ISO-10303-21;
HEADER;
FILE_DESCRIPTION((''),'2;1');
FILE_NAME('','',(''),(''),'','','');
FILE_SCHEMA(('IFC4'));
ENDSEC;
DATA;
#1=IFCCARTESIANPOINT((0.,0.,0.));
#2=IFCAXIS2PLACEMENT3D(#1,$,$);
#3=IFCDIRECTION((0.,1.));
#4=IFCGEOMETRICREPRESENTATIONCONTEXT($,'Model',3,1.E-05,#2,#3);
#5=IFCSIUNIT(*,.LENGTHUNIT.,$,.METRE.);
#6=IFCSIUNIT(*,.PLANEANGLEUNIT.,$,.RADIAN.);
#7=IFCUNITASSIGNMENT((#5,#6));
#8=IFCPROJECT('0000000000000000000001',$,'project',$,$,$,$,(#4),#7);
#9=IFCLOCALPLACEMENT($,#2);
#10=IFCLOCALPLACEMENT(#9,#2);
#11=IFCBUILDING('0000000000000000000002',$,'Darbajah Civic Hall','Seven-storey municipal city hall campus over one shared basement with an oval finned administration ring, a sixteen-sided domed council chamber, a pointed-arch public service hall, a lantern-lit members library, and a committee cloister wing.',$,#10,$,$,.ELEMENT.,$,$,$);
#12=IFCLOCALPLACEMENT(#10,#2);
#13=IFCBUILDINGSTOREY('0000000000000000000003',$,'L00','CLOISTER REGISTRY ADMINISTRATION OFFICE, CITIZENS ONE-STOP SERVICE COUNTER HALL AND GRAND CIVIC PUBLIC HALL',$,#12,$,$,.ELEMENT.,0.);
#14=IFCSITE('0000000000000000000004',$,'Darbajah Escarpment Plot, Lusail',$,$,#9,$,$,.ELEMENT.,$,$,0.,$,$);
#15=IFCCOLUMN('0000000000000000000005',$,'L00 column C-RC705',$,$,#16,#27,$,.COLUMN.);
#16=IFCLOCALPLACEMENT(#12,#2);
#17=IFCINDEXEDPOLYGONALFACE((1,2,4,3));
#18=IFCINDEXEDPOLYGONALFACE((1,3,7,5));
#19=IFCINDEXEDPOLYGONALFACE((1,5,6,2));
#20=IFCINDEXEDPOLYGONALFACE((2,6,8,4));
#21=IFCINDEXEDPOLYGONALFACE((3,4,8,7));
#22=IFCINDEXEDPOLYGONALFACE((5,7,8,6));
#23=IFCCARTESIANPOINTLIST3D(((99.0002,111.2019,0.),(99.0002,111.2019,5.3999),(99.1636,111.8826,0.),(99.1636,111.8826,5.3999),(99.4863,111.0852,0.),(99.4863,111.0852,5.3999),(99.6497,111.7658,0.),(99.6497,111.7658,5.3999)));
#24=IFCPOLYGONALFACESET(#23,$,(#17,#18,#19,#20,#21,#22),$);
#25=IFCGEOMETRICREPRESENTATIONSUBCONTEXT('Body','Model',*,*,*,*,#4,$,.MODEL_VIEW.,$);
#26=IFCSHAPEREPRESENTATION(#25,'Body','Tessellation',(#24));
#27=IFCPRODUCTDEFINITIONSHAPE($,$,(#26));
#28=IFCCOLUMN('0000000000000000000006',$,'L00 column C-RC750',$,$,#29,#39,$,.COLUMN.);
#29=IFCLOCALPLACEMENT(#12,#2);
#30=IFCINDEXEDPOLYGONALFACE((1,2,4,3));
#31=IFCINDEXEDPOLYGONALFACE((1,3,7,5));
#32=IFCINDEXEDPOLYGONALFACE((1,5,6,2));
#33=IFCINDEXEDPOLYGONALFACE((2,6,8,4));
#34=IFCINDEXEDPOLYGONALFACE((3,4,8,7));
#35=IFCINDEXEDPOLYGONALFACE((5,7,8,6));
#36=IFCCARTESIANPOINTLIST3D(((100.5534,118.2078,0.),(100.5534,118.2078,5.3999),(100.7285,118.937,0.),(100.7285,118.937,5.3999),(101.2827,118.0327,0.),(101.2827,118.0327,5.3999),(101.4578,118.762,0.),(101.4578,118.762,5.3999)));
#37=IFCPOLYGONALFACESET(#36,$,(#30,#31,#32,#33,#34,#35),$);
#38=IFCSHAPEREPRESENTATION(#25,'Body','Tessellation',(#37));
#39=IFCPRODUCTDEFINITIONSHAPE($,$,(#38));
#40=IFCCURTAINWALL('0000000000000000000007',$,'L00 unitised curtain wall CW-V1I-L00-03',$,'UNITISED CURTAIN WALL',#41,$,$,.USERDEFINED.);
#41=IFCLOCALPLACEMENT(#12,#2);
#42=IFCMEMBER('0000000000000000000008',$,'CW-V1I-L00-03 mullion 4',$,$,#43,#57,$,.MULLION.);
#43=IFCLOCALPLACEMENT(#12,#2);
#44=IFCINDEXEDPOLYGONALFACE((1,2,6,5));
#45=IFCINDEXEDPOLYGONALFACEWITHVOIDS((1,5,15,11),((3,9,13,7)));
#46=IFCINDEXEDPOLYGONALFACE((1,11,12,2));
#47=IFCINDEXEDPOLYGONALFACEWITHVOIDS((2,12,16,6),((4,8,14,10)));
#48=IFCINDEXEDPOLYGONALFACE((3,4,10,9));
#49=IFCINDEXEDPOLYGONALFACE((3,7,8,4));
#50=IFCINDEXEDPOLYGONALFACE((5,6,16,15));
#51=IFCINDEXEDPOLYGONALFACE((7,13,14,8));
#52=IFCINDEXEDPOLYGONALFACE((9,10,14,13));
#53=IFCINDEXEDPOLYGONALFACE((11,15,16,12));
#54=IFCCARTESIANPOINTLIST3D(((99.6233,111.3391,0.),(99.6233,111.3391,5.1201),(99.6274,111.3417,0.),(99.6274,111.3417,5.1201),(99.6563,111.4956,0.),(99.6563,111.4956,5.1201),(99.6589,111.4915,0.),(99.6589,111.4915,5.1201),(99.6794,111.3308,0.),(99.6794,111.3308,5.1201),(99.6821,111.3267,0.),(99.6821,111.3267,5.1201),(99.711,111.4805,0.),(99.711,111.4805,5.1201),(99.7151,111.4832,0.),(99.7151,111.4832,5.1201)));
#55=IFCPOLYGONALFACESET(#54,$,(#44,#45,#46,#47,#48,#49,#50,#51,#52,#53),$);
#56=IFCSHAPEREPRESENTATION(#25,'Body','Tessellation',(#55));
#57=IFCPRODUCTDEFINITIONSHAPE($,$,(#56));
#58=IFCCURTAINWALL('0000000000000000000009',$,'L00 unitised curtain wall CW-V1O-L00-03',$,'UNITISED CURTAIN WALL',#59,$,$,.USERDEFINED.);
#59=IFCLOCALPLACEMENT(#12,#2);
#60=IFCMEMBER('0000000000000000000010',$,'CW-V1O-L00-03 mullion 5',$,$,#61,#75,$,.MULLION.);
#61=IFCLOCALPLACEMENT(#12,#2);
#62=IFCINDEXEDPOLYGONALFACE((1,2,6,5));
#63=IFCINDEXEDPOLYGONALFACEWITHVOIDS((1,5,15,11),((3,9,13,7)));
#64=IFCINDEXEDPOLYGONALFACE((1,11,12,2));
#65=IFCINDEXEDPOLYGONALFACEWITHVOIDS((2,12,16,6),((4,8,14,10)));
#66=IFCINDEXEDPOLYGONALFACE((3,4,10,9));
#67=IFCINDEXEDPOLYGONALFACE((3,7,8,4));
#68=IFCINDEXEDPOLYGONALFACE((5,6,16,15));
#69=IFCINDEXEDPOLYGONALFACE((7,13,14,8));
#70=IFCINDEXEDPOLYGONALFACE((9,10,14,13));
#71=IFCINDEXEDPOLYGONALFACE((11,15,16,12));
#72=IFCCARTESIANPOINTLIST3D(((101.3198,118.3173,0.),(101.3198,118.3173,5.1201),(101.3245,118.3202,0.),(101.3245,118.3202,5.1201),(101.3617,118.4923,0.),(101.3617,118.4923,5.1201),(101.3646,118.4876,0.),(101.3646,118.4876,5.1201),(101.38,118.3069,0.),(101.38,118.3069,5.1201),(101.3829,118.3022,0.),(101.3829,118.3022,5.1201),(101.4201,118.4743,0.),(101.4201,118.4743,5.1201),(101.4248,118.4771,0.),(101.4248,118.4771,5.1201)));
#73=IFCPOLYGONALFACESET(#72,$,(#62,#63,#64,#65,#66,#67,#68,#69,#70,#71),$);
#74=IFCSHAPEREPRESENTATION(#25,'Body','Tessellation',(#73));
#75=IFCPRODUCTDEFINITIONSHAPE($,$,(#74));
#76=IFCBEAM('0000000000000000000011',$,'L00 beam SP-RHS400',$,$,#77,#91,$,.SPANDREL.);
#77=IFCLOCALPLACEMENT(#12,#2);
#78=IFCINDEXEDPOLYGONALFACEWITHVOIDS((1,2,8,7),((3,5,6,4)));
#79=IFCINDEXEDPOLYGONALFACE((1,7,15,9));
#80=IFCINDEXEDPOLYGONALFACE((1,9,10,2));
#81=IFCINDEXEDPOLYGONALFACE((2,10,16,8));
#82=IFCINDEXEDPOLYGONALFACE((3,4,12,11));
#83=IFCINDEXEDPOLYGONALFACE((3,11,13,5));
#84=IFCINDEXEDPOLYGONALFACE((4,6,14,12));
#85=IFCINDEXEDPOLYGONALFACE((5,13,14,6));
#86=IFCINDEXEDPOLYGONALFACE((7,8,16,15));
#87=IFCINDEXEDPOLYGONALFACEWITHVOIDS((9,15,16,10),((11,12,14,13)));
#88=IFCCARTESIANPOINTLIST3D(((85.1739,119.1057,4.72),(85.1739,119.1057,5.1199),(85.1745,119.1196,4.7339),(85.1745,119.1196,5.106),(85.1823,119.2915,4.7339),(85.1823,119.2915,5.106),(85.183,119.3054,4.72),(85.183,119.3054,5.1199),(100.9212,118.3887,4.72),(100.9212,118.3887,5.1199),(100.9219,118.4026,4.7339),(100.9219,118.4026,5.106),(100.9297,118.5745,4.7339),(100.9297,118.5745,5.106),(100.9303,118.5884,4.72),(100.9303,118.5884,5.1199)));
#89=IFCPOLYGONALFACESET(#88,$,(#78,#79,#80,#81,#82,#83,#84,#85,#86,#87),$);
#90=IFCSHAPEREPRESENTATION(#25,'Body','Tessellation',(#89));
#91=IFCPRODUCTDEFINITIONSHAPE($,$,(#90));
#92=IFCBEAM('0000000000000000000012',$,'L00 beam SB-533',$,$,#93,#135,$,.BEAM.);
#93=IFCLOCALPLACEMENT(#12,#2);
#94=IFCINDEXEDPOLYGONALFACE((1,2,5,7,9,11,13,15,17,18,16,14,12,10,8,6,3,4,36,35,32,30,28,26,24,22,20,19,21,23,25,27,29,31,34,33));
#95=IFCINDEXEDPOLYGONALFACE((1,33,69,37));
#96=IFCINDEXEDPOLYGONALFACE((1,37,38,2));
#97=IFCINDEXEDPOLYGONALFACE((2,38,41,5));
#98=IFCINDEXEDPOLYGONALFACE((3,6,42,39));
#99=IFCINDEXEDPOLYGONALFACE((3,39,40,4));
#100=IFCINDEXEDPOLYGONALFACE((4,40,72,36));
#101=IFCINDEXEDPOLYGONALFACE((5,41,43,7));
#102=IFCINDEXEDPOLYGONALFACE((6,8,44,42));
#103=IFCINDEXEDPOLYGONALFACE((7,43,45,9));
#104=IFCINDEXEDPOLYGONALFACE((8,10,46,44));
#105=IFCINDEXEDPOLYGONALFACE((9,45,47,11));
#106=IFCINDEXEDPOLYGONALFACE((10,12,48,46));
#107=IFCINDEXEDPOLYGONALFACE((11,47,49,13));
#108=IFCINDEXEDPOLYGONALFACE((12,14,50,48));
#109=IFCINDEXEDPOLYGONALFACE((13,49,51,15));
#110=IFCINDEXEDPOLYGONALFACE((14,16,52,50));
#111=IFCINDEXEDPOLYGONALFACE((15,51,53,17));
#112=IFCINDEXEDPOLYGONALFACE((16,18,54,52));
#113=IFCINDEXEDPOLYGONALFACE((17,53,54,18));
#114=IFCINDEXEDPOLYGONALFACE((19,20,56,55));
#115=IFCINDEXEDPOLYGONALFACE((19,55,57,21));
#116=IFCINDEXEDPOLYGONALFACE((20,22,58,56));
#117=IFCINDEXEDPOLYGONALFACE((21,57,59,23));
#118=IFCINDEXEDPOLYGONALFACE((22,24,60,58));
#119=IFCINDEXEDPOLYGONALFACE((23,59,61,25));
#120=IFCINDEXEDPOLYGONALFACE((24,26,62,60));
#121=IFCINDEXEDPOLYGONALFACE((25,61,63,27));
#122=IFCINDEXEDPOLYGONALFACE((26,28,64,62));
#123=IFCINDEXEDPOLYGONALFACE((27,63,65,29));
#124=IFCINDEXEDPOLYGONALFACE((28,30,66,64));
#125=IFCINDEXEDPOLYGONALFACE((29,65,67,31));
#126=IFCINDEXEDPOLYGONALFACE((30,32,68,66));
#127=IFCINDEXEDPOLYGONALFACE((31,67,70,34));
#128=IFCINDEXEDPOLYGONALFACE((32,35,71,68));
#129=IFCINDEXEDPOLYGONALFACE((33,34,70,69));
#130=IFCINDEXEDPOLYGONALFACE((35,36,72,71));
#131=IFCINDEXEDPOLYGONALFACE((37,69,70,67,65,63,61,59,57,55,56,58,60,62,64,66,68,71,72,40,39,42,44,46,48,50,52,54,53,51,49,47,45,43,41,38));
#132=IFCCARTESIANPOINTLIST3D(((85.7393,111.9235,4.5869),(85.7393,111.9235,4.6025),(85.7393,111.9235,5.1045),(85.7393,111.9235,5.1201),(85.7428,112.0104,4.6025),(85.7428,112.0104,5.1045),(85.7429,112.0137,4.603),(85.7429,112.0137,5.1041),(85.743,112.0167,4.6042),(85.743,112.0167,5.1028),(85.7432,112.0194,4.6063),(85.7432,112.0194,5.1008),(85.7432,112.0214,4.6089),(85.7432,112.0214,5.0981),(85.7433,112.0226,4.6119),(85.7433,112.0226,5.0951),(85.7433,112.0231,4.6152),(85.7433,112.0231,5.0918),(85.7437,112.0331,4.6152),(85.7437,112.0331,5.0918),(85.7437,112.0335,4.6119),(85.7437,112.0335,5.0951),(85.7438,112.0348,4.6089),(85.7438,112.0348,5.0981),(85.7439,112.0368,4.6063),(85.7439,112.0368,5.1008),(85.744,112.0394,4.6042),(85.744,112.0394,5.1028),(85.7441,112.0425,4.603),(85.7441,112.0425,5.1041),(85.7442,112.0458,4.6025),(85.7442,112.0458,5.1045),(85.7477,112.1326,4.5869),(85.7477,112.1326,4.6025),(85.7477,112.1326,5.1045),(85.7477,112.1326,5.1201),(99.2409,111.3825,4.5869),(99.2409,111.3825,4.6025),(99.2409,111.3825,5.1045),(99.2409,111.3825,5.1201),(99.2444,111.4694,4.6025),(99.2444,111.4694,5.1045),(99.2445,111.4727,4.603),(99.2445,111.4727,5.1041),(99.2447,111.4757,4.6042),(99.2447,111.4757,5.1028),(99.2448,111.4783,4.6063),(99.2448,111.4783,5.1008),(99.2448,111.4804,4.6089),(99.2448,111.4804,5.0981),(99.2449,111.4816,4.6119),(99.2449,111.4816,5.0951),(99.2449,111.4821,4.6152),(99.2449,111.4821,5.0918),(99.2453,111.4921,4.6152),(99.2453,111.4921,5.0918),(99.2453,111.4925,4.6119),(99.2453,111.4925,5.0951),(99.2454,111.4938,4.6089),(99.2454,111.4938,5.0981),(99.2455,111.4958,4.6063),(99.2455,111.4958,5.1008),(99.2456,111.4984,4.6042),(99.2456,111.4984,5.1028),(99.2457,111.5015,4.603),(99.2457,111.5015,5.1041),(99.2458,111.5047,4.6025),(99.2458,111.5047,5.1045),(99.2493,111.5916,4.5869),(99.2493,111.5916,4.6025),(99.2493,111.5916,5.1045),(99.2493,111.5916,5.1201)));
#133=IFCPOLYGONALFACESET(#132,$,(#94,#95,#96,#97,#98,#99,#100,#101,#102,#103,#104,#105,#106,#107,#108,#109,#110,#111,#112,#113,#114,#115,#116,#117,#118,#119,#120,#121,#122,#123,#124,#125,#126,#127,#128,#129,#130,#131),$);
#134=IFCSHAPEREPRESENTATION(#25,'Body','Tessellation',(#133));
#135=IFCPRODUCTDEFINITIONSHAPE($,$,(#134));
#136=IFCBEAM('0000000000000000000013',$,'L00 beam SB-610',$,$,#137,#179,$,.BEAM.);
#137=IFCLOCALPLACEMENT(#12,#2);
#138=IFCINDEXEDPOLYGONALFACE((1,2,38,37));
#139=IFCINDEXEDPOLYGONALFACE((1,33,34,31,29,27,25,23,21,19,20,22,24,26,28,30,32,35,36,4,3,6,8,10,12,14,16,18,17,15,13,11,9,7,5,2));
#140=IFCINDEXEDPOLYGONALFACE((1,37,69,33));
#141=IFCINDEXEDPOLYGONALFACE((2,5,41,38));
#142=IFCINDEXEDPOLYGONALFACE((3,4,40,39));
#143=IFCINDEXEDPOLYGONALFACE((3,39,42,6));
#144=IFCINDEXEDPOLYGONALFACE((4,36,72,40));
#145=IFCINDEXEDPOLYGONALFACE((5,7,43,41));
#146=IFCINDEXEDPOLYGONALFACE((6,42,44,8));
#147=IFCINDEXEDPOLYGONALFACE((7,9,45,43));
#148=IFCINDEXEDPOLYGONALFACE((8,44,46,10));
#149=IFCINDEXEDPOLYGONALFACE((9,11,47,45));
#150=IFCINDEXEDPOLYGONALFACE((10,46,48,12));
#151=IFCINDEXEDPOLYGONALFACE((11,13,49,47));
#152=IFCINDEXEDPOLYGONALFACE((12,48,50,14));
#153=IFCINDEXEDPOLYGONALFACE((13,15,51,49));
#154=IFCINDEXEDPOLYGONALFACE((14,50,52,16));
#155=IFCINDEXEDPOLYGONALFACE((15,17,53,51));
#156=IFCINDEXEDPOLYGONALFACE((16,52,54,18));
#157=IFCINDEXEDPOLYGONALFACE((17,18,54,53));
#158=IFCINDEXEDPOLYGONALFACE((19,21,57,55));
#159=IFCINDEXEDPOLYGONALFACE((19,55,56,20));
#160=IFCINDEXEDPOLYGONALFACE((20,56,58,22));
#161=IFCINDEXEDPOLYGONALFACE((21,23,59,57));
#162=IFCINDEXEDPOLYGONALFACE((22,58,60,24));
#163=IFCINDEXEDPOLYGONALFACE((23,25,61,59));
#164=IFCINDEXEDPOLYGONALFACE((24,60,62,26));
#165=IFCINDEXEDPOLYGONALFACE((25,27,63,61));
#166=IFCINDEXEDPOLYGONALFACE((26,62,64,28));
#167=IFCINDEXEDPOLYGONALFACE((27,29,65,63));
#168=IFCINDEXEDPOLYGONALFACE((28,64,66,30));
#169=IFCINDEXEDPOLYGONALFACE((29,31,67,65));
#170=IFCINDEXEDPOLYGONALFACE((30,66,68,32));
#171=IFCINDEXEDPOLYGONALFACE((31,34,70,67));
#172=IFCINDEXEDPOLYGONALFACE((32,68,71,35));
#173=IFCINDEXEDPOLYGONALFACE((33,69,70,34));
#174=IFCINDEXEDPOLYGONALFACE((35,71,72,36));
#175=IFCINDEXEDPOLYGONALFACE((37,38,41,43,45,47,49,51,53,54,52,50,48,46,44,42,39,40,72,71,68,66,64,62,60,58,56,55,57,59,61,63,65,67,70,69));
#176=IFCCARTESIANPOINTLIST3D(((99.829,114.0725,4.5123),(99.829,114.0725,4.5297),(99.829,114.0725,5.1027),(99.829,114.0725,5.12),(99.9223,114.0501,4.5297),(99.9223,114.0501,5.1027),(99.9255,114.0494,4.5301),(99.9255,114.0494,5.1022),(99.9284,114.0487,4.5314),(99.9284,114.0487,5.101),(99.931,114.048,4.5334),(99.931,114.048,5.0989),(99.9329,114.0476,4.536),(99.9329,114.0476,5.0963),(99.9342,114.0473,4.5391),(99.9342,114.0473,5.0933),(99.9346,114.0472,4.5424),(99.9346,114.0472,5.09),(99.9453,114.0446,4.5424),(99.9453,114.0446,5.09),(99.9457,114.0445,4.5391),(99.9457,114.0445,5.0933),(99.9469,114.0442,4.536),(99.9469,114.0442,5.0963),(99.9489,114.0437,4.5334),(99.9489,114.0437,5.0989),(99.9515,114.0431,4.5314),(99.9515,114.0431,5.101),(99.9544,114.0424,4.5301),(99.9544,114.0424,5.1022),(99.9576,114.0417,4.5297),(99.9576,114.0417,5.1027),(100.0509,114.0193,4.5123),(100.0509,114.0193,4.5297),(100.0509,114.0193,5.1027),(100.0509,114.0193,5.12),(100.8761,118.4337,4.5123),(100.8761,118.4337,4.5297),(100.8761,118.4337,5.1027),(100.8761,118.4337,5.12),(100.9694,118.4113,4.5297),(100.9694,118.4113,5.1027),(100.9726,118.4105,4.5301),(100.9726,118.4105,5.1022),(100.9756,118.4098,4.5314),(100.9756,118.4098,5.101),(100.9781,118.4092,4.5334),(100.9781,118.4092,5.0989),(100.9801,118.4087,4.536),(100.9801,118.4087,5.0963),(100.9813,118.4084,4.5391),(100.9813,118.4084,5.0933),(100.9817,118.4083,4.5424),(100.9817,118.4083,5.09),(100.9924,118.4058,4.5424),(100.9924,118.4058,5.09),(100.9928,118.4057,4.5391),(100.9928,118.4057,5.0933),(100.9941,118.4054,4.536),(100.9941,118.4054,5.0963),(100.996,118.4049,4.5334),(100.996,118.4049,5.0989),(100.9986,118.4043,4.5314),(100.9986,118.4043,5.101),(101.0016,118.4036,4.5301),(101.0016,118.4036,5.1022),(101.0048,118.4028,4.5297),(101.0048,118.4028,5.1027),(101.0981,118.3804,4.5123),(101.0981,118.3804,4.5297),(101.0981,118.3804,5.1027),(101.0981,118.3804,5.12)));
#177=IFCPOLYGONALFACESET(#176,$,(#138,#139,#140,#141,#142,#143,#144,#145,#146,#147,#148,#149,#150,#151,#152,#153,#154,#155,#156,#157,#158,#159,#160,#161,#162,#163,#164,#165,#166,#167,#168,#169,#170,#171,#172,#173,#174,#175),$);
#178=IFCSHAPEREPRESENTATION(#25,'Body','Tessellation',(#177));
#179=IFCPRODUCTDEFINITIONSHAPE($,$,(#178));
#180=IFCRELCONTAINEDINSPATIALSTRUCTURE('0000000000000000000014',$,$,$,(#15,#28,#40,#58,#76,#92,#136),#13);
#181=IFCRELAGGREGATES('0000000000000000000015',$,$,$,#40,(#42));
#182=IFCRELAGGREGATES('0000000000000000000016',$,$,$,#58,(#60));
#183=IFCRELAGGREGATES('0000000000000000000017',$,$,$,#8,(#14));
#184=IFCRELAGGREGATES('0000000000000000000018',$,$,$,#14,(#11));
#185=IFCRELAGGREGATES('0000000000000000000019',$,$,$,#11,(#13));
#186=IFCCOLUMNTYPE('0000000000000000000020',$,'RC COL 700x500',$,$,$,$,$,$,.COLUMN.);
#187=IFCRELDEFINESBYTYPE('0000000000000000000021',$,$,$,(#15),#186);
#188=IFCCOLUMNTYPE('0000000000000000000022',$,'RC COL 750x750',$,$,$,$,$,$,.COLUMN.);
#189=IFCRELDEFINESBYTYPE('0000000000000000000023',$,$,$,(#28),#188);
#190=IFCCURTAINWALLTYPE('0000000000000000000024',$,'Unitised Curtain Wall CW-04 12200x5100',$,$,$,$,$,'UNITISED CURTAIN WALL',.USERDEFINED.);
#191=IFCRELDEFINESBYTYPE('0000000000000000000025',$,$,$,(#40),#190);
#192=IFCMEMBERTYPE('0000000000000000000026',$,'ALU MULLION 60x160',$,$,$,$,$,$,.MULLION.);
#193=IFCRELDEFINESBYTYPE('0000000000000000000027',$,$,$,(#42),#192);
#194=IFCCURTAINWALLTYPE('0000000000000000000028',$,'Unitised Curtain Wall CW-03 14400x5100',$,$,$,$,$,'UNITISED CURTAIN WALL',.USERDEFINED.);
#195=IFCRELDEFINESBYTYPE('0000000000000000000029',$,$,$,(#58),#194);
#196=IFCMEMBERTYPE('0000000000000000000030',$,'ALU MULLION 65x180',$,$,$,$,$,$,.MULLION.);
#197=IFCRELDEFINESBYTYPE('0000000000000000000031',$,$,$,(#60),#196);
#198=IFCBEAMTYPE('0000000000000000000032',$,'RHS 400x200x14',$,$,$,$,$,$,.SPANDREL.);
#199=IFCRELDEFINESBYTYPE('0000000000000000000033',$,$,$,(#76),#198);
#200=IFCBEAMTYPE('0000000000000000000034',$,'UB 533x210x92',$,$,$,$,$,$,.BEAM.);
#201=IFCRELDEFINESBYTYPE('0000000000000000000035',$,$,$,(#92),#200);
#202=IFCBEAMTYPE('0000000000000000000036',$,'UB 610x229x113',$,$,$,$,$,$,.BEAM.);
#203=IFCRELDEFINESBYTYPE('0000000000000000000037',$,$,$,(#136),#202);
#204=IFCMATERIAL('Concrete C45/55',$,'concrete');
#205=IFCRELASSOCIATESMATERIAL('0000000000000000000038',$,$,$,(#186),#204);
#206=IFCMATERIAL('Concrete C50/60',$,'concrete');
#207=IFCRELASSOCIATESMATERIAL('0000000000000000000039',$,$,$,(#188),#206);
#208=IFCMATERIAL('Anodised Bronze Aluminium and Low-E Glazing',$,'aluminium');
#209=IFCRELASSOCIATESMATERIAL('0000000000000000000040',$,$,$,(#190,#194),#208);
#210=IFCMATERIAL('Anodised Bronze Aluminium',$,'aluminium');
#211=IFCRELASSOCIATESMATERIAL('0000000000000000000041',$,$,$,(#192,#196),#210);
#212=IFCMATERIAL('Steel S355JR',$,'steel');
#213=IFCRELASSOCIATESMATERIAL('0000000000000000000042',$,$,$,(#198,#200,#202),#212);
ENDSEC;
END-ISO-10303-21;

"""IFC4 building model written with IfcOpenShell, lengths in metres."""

from ifc_helpers import new_model, si_unit, direction, frame, origin, origin_2d, place, context, subcontext, project, spatial, rectangle, hollow_rectangle, i_section, extrude, material, material_profile, profile_set, type_object, element, aggregate, save


model = new_model("IFC4")

# Units and contexts
model_context = context("Model", 3, precision=1e-05, world=origin(), true_north=direction((0.0, 1.0)))
body_context = subcontext(model_context, "Body", "Model", "MODEL_VIEW")
ifc_project = project(units=[si_unit("LENGTHUNIT", "METRE"), si_unit("PLANEANGLEUNIT", "RADIAN")], contexts=[model_context])

# Site, building, storey
site_placement = place(None, origin())
site = spatial("IfcSite", under=ifc_project, at=site_placement, Name="Darbajah Escarpment Plot, Lusail", CompositionType="ELEMENT", RefElevation=0.0)
building_placement = place(site_placement, origin())
building = spatial("IfcBuilding", under=site, at=building_placement, Name="Darbajah Civic Hall", Description="Seven-storey municipal city hall campus over one shared basement with an oval finned administration ring, a sixteen-sided domed council chamber, a pointed-arch public service hall, a lantern-lit members library, and a committee cloister wing.", CompositionType="ELEMENT")
storey_placement = place(building_placement, origin())
storey = spatial("IfcBuildingStorey", under=building, at=storey_placement, Name="L00", Description="CLOISTER REGISTRY ADMINISTRATION OFFICE, CITIZENS ONE-STOP SERVICE COUNTER HALL AND GRAND CIVIC PUBLIC HALL", CompositionType="ELEMENT", Elevation=0.0)

# Columns
ifc_material_1 = material(Name="Concrete C45/55", Category="concrete")
ifc_material_profile_1 = material_profile(ifc_material_1, rectangle(XDim=0.7, YDim=0.5, at=origin_2d()), Name="RC COL 700x500")
ifc_profile_set_1 = profile_set([ifc_material_profile_1], Name="Concrete C45/55")
column_type_1 = type_object("IfcColumnType", Name="RC COL 700x500", PredefinedType="COLUMN", material=ifc_profile_set_1)
column_1_placement = place(storey_placement, frame((99.325, 111.4839, 0.0), z_axis=(0.0, 0.0, 1.0), x_axis=(0.233445, 0.97237, 0.0)))
element("IfcColumn", 1, at=column_1_placement, inside=storey, type_object=column_type_1, Name="L00 column C-RC705", PredefinedType="COLUMN", context=body_context, shape_type="SweptSolid", body=[
    extrude(rectangle(XDim=0.7, YDim=0.5, at=origin_2d()), origin(), (0.0, 0.0, 1.0), 5.3999),
])
ifc_material_2 = material(Name="Concrete C50/60", Category="concrete")
ifc_material_profile_2 = material_profile(ifc_material_2, rectangle(XDim=0.75, YDim=0.75, at=origin_2d()), Name="RC COL 750x750")
ifc_profile_set_2 = profile_set([ifc_material_profile_2], Name="Concrete C50/60")
column_type_2 = type_object("IfcColumnType", Name="RC COL 750x750", PredefinedType="COLUMN", material=ifc_profile_set_2)
column_2_placement = place(storey_placement, frame((101.0056, 118.4849, 0.0), z_axis=(0.0, 0.0, 1.0), x_axis=(0.233445, 0.97237, 0.0)))
element("IfcColumn", 2, at=column_2_placement, inside=storey, type_object=column_type_2, Name="L00 column C-RC750", PredefinedType="COLUMN", context=body_context, shape_type="SweptSolid", body=[
    extrude(rectangle(XDim=0.75, YDim=0.75, at=origin_2d()), origin(), (0.0, 0.0, 1.0), 5.3999),
])

# Curtain walls, members
ifc_material_3 = material(Name="Anodised Bronze Aluminium and Low-E Glazing", Category="aluminium")
curtain_wall_type_1 = type_object("IfcCurtainWallType", Name="Unitised Curtain Wall CW-04 12200x5100", ElementType="UNITISED CURTAIN WALL", PredefinedType="USERDEFINED", material=ifc_material_3)
curtain_wall_1_placement = place(storey_placement, origin())
curtain_wall_1 = element("IfcCurtainWall", 3, at=curtain_wall_1_placement, inside=storey, type_object=curtain_wall_type_1, Name="L00 unitised curtain wall CW-V1I-L00-03", ObjectType="UNITISED CURTAIN WALL", PredefinedType="USERDEFINED")
ifc_material_4 = material(Name="Anodised Bronze Aluminium", Category="aluminium")
ifc_material_profile_3 = material_profile(ifc_material_4, hollow_rectangle(XDim=0.0601, YDim=0.1599, WallThickness=0.0034, at=origin_2d()), Name="ALU MULLION 60x160")
ifc_profile_set_3 = profile_set([ifc_material_profile_3], Name="Anodised Bronze Aluminium")
member_type_1 = type_object("IfcMemberType", Name="ALU MULLION 60x160", PredefinedType="MULLION", material=ifc_profile_set_3)
member_1_placement = place(storey_placement, frame((99.6692, 111.4111, 0.0), z_axis=(0.0, 0.0, 1.0), x_axis=(-0.978473, 0.206375, 0.0)))
member_1 = element("IfcMember", 4, at=member_1_placement, type_object=member_type_1, Name="CW-V1I-L00-03 mullion 4", PredefinedType="MULLION", context=body_context, shape_type="SweptSolid", body=[
    extrude(hollow_rectangle(XDim=0.0601, YDim=0.1599, WallThickness=0.0034, at=origin_2d()), origin(), (0.0, 0.0, 1.0), 5.1201),
])
curtain_wall_type_2 = type_object("IfcCurtainWallType", Name="Unitised Curtain Wall CW-03 14400x5100", ElementType="UNITISED CURTAIN WALL", PredefinedType="USERDEFINED", material=ifc_material_3)
curtain_wall_2_placement = place(storey_placement, origin())
curtain_wall_2 = element("IfcCurtainWall", 5, at=curtain_wall_2_placement, inside=storey, type_object=curtain_wall_type_2, Name="L00 unitised curtain wall CW-V1O-L00-03", ObjectType="UNITISED CURTAIN WALL", PredefinedType="USERDEFINED")
ifc_material_profile_4 = material_profile(ifc_material_4, hollow_rectangle(XDim=0.0649, YDim=0.1799, WallThickness=0.0039, at=origin_2d()), Name="ALU MULLION 65x180")
ifc_profile_set_4 = profile_set([ifc_material_profile_4], Name="Anodised Bronze Aluminium")
member_type_2 = type_object("IfcMemberType", Name="ALU MULLION 65x180", PredefinedType="MULLION", material=ifc_profile_set_4)
member_2_placement = place(storey_placement, frame((101.3723, 118.3972, 0.0), z_axis=(0.0, 0.0, 1.0), x_axis=(-0.972492, 0.232936, 0.0)))
member_2 = element("IfcMember", 6, at=member_2_placement, type_object=member_type_2, Name="CW-V1O-L00-03 mullion 5", PredefinedType="MULLION", context=body_context, shape_type="SweptSolid", body=[
    extrude(hollow_rectangle(XDim=0.0649, YDim=0.1799, WallThickness=0.0039, at=origin_2d()), origin(), (0.0, 0.0, 1.0), 5.1201),
])

# Beams
ifc_material_5 = material(Name="Steel S355JR", Category="steel")
ifc_material_profile_5 = material_profile(ifc_material_5, hollow_rectangle(XDim=0.2, YDim=0.3999, WallThickness=0.0139, at=origin_2d()), Name="RHS 400x200x14")
ifc_profile_set_5 = profile_set([ifc_material_profile_5], Name="Steel S355JR")
beam_type_1 = type_object("IfcBeamType", Name="RHS 400x200x14", PredefinedType="SPANDREL", material=ifc_profile_set_5)
beam_1_placement = place(storey_placement, frame((100.9258, 118.4885, 4.9199), z_axis=(-0.998965, 0.045487, 0.0), x_axis=(-0.045487, -0.998965, 0.0)))
element("IfcBeam", 7, at=beam_1_placement, inside=storey, type_object=beam_type_1, Name="L00 beam SP-RHS400", PredefinedType="SPANDREL", context=body_context, shape_type="SweptSolid", body=[
    extrude(hollow_rectangle(XDim=0.2, YDim=0.3999, WallThickness=0.0139, at=origin_2d()), origin(), (0.0, 0.0, 1.0), 15.7637),
])
ifc_material_profile_6 = material_profile(ifc_material_5, i_section(OverallWidth=0.2092, OverallDepth=0.5332, WebThickness=0.01, FlangeThickness=0.0156, FilletRadius=0.0127, at=origin_2d()), Name="UB 533x210x92")
ifc_profile_set_6 = profile_set([ifc_material_profile_6], Name="Steel S355JR")
beam_type_2 = type_object("IfcBeamType", Name="UB 533x210x92", PredefinedType="BEAM", material=ifc_profile_set_6)
beam_2_placement = place(storey_placement, frame((99.2451, 111.4871, 4.8535), z_axis=(-0.999198, 0.040038, 0.0), x_axis=(-0.040038, -0.999198, 0.0)))
element("IfcBeam", 8, at=beam_2_placement, inside=storey, type_object=beam_type_2, Name="L00 beam SB-533", PredefinedType="BEAM", context=body_context, shape_type="SweptSolid", body=[
    extrude(i_section(OverallWidth=0.2092, OverallDepth=0.5332, WebThickness=0.01, FlangeThickness=0.0156, FilletRadius=0.0127, at=origin_2d()), origin(), (0.0, 0.0, 1.0), 13.5125),
])
ifc_material_profile_7 = material_profile(ifc_material_5, i_section(OverallWidth=0.2283, OverallDepth=0.6077, WebThickness=0.011, FlangeThickness=0.0173, FilletRadius=0.0127, at=origin_2d()), Name="UB 610x229x113")
ifc_profile_set_7 = profile_set([ifc_material_profile_7], Name="Steel S355JR")
beam_type_3 = type_object("IfcBeamType", Name="UB 610x229x113", PredefinedType="BEAM", material=ifc_profile_set_7)
beam_3_placement = place(storey_placement, frame((99.9399, 114.0459, 4.8162), z_axis=(0.23347, 0.972364, 0.0), x_axis=(-0.972364, 0.23347, 0.0)))
element("IfcBeam", 9, at=beam_3_placement, inside=storey, type_object=beam_type_3, Name="L00 beam SB-610", PredefinedType="BEAM", context=body_context, shape_type="SweptSolid", body=[
    extrude(i_section(OverallWidth=0.2283, OverallDepth=0.6077, WebThickness=0.011, FlangeThickness=0.0173, FilletRadius=0.0127, at=origin_2d()), origin(), (0.0, 0.0, 1.0), 4.4851),
])

aggregate(curtain_wall_1, [member_1])
aggregate(curtain_wall_2, [member_2])

save(model, "model.ifc")
